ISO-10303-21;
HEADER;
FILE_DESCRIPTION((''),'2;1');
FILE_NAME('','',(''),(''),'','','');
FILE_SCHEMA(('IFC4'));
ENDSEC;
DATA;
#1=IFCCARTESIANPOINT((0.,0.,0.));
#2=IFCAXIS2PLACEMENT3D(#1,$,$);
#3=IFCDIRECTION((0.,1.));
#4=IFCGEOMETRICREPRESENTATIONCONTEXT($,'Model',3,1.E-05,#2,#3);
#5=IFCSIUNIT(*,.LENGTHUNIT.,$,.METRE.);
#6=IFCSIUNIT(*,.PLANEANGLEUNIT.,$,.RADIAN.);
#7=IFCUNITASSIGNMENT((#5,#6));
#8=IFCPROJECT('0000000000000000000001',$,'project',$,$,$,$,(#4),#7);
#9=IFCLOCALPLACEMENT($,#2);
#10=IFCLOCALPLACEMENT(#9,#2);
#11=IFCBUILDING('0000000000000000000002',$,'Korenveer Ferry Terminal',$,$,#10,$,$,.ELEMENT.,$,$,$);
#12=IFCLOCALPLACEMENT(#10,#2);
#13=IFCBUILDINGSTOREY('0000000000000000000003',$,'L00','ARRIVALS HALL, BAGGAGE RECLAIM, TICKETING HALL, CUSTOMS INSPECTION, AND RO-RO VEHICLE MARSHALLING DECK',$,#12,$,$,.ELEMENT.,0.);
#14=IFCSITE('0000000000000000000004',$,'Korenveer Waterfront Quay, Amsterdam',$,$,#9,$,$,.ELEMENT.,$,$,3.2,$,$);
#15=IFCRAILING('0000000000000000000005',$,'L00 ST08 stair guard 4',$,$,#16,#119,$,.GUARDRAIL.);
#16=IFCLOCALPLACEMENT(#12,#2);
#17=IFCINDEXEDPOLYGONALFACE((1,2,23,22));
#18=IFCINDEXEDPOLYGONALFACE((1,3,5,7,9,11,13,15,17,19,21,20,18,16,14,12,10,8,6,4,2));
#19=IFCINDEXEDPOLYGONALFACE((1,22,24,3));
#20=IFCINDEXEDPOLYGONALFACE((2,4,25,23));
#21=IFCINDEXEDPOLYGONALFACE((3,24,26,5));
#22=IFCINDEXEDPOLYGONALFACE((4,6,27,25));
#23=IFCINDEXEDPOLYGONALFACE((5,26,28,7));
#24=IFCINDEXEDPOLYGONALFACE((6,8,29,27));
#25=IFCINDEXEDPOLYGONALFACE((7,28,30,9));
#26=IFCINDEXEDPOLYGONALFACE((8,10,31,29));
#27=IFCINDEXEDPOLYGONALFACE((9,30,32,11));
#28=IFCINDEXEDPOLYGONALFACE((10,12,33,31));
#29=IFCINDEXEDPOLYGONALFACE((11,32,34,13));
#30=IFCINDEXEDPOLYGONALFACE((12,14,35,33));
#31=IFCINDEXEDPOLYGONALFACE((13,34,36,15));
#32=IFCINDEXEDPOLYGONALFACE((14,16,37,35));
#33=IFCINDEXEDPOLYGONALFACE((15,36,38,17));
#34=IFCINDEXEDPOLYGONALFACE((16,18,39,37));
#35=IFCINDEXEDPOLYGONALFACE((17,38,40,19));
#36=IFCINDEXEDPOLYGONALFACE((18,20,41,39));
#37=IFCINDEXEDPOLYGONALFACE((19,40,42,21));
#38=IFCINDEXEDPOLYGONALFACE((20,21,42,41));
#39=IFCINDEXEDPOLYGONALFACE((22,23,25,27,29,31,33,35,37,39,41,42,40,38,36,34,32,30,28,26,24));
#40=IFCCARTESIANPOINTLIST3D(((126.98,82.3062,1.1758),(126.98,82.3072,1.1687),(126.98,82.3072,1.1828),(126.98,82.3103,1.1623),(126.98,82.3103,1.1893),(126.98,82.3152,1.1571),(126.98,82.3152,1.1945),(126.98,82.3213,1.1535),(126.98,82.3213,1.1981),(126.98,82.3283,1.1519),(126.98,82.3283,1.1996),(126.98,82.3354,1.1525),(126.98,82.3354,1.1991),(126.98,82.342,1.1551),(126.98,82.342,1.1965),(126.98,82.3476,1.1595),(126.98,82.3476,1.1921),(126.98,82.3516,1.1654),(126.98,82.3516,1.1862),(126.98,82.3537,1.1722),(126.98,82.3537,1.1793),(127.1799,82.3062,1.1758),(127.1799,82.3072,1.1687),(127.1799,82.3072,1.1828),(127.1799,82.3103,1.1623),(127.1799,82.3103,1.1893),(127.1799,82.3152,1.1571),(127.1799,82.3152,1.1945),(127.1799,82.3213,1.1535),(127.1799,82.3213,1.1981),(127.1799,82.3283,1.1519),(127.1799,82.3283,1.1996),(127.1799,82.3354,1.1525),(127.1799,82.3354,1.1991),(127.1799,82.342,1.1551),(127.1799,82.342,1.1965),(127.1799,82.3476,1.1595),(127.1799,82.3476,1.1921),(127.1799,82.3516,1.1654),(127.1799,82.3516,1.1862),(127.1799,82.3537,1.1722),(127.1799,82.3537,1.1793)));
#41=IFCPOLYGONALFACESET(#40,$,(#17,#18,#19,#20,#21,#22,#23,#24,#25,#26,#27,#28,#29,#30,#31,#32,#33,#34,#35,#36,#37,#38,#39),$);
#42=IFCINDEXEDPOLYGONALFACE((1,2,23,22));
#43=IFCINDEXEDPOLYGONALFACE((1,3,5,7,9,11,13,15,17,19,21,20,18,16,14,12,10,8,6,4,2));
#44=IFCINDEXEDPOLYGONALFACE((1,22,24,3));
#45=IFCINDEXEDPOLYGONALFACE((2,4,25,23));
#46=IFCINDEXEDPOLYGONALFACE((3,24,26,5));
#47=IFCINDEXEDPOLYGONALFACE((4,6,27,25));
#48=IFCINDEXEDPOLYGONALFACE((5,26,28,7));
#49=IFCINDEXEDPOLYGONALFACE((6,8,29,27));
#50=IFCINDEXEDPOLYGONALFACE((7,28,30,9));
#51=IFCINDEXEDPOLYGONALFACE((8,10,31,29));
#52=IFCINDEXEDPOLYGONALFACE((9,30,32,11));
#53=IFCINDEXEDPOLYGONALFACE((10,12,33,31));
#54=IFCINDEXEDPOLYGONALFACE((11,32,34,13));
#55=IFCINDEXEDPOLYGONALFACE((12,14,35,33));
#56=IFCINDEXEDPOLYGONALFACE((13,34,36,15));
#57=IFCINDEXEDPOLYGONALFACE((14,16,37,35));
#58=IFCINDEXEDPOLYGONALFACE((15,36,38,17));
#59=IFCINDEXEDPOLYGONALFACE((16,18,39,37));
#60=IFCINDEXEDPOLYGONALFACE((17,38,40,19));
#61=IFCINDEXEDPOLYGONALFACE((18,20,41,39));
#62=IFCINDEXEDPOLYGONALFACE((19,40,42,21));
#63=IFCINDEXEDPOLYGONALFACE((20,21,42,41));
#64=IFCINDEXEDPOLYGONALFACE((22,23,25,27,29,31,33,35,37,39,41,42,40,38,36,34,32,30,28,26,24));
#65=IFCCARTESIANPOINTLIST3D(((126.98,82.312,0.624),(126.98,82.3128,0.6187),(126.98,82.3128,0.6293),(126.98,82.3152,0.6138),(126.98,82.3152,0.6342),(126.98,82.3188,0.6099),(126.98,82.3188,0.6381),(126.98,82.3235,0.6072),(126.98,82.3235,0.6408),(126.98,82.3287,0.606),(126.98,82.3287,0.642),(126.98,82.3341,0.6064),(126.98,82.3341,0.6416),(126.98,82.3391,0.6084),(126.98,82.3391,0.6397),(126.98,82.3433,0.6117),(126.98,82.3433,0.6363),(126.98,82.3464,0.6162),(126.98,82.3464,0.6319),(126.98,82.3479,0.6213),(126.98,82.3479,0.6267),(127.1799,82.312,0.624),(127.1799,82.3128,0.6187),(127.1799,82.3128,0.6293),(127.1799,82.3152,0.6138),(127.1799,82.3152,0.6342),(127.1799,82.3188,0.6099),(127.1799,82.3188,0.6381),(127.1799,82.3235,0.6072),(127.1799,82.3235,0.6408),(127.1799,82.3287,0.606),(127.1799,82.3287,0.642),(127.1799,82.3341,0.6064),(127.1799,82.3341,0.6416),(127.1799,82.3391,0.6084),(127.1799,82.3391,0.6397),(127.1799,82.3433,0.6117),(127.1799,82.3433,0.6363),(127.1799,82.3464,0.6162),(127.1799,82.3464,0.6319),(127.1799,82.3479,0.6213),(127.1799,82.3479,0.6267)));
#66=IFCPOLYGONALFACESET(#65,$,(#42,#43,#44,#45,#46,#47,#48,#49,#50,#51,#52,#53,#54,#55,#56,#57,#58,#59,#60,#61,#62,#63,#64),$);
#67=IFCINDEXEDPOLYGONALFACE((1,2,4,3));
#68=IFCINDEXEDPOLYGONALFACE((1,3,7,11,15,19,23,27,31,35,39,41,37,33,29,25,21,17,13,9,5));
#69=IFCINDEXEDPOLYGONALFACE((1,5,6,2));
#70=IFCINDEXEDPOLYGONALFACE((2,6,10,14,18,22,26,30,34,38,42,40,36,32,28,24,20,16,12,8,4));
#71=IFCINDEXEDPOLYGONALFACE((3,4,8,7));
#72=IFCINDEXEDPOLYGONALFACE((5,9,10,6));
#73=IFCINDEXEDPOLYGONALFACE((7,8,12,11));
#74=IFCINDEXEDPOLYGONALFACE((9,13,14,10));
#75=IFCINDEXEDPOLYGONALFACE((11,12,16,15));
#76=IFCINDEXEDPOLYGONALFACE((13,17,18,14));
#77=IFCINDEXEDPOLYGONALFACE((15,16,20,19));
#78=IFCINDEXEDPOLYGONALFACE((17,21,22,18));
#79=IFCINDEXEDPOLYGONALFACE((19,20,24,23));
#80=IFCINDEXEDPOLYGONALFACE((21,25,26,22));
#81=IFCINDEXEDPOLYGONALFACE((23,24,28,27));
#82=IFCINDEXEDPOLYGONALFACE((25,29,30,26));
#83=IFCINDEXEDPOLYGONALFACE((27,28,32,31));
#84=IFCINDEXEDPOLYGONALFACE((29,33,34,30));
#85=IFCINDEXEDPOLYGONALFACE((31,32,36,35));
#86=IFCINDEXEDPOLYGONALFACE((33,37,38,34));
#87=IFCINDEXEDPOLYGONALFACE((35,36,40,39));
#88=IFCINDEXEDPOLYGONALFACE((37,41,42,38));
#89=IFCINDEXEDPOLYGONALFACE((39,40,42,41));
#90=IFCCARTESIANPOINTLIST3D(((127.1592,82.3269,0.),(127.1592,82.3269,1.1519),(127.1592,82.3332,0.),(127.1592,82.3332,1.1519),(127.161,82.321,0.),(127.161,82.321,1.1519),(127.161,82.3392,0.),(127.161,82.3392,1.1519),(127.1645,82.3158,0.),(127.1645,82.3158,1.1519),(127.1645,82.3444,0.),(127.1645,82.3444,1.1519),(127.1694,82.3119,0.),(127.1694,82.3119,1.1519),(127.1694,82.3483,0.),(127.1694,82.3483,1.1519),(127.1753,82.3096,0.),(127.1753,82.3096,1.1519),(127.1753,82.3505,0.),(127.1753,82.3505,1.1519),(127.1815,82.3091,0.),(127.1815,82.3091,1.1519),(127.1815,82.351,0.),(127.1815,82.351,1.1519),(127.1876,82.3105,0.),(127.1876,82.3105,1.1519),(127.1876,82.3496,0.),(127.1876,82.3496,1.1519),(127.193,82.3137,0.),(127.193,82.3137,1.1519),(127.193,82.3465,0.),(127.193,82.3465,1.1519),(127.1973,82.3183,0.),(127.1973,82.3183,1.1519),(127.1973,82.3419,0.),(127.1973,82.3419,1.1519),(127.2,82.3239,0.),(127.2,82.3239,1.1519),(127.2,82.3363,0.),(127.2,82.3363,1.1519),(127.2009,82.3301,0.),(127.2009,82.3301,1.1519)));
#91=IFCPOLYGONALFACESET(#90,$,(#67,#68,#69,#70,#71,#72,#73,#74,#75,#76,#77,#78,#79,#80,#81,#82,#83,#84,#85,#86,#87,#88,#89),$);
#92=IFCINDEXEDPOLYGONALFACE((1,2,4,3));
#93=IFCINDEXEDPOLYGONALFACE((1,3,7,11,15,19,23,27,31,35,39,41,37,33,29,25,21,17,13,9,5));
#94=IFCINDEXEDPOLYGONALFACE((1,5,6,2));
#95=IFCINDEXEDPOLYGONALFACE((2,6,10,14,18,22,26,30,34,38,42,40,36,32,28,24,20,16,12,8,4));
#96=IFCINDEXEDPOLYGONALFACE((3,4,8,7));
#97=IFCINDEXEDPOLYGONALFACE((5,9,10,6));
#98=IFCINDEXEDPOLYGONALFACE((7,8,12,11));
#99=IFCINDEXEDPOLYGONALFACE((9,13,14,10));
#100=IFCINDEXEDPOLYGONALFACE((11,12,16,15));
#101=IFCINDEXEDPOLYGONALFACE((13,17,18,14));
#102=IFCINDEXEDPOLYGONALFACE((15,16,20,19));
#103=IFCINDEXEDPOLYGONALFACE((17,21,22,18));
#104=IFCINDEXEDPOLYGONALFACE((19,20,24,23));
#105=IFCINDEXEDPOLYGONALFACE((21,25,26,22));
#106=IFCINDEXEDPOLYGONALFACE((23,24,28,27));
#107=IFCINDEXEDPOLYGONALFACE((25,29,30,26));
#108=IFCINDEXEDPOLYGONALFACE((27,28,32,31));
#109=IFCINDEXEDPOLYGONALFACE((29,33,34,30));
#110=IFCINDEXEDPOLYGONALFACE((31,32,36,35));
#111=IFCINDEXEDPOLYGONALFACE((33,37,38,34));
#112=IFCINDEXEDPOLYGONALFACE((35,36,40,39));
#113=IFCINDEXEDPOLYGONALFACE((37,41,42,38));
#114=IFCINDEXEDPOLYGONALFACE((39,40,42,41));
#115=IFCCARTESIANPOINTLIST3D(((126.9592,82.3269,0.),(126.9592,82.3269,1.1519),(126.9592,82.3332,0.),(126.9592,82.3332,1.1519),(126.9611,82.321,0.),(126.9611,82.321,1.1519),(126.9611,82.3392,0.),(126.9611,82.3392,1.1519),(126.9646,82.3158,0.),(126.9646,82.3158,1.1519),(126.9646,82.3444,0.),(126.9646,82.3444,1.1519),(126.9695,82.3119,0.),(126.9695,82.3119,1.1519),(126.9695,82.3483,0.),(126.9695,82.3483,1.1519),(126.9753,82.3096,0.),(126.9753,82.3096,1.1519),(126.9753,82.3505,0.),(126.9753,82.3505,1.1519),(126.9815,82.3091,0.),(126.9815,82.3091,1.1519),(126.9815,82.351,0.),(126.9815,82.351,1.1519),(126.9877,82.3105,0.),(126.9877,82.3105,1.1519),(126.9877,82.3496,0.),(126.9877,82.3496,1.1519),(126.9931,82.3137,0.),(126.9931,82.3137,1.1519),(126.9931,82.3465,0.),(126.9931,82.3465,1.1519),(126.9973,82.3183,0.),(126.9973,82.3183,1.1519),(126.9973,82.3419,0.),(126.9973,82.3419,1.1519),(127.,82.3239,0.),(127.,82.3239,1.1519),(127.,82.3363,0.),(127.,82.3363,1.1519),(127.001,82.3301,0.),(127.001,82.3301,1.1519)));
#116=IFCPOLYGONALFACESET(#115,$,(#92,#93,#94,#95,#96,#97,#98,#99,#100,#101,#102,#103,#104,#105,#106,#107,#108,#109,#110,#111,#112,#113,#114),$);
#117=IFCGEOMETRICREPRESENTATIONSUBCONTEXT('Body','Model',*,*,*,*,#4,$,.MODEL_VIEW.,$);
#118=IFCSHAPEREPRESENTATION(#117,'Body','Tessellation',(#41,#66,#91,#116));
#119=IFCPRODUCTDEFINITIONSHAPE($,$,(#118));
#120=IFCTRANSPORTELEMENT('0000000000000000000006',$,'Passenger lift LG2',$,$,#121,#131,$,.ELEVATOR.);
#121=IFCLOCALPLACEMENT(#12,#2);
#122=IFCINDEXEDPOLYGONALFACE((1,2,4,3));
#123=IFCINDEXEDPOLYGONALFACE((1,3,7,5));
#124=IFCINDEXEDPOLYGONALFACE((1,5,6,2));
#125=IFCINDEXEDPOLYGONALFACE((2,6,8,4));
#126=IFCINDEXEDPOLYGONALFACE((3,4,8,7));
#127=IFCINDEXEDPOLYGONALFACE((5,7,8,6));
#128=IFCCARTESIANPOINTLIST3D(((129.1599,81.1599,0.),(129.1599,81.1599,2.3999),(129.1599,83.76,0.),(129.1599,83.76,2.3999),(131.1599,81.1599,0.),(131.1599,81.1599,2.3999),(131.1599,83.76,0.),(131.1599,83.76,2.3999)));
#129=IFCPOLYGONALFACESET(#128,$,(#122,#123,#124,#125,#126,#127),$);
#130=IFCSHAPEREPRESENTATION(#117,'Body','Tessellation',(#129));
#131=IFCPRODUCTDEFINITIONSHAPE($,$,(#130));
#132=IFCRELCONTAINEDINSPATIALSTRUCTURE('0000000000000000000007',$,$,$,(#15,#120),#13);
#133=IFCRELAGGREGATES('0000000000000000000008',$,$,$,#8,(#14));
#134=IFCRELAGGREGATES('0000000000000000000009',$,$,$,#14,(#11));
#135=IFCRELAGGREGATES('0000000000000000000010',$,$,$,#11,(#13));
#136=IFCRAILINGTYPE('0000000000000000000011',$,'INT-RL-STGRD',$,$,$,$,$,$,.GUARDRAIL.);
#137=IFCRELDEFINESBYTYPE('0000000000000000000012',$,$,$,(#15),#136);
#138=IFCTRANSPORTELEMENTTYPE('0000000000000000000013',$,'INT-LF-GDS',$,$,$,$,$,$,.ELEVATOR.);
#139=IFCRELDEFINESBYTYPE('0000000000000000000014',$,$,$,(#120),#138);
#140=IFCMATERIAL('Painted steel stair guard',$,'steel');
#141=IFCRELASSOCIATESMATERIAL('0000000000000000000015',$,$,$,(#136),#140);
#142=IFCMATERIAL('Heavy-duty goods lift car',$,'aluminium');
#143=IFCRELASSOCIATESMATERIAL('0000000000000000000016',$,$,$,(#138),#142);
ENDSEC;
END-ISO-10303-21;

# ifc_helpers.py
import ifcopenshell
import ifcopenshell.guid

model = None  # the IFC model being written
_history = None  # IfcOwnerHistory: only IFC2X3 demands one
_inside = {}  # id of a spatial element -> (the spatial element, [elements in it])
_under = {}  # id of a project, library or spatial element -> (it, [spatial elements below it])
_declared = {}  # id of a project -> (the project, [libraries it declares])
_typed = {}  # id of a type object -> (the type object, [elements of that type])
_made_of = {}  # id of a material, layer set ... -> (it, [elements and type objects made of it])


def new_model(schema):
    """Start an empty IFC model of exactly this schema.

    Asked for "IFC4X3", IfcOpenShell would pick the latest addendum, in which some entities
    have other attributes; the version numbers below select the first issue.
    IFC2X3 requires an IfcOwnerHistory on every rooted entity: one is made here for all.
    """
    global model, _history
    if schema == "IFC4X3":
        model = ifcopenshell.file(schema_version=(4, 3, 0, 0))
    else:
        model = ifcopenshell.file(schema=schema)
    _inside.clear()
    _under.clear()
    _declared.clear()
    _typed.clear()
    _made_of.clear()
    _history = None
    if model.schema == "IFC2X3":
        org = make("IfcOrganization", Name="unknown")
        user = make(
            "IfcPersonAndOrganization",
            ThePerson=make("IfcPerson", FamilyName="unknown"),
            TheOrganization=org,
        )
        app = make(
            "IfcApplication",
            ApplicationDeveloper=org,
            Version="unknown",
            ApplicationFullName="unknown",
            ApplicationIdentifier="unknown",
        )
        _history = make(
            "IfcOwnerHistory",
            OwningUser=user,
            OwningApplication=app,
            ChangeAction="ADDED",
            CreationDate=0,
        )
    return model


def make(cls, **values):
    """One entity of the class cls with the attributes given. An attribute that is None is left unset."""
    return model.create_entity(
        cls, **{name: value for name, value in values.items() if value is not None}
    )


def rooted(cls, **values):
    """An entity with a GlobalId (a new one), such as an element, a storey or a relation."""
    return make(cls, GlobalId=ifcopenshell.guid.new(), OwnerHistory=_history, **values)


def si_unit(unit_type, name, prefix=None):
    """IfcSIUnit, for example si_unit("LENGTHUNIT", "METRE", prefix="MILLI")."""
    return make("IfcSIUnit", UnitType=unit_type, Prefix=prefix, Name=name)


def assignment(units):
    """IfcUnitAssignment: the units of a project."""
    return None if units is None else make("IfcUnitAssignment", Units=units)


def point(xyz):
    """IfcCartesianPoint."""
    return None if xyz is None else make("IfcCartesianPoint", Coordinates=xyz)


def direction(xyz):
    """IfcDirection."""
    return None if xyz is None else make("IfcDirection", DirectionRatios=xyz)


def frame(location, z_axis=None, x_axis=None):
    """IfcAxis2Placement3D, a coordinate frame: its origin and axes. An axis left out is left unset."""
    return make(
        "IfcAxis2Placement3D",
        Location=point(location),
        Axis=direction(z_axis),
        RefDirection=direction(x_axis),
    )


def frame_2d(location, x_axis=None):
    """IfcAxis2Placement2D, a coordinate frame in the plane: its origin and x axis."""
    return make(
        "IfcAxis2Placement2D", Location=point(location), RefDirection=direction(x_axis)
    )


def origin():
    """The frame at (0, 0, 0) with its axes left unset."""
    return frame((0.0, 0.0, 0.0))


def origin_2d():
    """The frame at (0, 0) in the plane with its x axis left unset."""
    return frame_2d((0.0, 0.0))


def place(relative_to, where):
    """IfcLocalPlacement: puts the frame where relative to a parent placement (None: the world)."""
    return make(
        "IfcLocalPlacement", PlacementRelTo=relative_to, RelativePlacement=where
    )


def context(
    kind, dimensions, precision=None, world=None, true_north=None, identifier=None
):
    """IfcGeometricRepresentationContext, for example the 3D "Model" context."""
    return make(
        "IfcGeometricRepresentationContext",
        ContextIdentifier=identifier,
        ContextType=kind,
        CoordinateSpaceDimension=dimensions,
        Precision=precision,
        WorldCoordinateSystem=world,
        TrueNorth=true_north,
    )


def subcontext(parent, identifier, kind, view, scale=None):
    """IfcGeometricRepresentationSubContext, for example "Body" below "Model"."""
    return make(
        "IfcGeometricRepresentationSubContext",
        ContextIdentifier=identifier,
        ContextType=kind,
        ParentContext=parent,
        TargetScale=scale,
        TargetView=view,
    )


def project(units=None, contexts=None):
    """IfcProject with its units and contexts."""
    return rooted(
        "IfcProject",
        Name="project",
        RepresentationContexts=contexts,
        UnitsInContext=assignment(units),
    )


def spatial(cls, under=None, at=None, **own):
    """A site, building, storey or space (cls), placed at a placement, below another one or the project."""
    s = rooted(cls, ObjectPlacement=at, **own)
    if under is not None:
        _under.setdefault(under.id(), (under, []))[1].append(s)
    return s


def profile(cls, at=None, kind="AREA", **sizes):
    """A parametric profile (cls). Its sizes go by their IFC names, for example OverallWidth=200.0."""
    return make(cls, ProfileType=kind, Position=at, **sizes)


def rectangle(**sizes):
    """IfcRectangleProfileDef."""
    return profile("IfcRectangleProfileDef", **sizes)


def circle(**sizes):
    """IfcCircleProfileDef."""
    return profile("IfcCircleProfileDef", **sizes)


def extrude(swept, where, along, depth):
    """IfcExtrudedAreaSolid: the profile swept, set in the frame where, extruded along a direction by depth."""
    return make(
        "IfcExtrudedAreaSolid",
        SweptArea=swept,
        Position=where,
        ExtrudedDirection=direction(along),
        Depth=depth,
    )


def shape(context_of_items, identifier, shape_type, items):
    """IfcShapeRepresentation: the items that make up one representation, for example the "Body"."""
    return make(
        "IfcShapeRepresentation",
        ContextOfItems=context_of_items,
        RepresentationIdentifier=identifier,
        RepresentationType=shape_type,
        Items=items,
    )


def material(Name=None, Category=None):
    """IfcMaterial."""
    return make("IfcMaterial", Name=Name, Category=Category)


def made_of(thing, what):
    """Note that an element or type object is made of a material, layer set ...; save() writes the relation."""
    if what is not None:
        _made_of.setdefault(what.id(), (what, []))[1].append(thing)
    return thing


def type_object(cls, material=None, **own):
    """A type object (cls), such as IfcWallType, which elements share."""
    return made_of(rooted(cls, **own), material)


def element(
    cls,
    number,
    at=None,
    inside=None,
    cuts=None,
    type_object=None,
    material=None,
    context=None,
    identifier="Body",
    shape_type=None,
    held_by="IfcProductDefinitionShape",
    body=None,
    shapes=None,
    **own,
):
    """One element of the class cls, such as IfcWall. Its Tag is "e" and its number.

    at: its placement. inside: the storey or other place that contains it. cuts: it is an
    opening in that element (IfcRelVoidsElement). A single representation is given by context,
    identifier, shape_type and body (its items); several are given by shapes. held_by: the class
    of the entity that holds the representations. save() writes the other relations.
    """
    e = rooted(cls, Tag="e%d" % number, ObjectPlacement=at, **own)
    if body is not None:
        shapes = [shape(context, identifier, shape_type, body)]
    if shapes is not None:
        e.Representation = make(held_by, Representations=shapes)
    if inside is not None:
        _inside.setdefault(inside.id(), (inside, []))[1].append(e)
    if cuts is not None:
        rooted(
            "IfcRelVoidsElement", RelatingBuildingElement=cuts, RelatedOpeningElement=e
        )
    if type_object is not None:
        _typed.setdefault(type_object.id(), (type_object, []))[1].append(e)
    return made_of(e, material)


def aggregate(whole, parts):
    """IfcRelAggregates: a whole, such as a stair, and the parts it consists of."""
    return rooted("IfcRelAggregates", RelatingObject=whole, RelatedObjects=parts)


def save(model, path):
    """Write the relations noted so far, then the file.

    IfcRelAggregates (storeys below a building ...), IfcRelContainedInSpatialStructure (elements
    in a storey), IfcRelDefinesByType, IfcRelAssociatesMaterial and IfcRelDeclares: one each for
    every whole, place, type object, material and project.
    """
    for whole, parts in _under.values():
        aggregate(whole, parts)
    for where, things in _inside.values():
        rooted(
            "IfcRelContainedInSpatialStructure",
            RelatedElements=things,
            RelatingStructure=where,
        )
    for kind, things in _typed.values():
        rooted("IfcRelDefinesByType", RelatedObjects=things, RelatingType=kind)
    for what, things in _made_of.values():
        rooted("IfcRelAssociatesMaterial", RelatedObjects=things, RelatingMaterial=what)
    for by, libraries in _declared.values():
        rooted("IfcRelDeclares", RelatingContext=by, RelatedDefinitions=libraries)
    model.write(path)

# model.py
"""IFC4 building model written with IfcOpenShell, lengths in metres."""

from ifc_helpers import new_model, si_unit, direction, frame, origin, origin_2d, place, context, subcontext, project, spatial, rectangle, circle, extrude, material, type_object, element, save


model = new_model("IFC4")

# Units and contexts
model_context = context("Model", 3, precision=1e-05, world=origin(), true_north=direction((0.0, 1.0)))
body_context = subcontext(model_context, "Body", "Model", "MODEL_VIEW")
ifc_project = project(units=[si_unit("LENGTHUNIT", "METRE"), si_unit("PLANEANGLEUNIT", "RADIAN")], contexts=[model_context])

# Site, building, storey
site_placement = place(None, origin())
site = spatial("IfcSite", under=ifc_project, at=site_placement, Name="Korenveer Waterfront Quay, Amsterdam", CompositionType="ELEMENT", RefElevation=3.2)
building_placement = place(site_placement, origin())
building = spatial("IfcBuilding", under=site, at=building_placement, Name="Korenveer Ferry Terminal", CompositionType="ELEMENT")
storey_placement = place(building_placement, origin())
storey = spatial("IfcBuildingStorey", under=building, at=storey_placement, Name="L00", Description="ARRIVALS HALL, BAGGAGE RECLAIM, TICKETING HALL, CUSTOMS INSPECTION, AND RO-RO VEHICLE MARSHALLING DECK", CompositionType="ELEMENT", Elevation=0.0)

# Railing
ifc_material_1 = material(Name="Painted steel stair guard", Category="steel")
railing_type_1 = type_object("IfcRailingType", Name="INT-RL-STGRD", PredefinedType="GUARDRAIL", material=ifc_material_1)
railing_1_placement = place(storey_placement, frame((127.1799, 82.3301, 0.0)))
element("IfcRailing", 1, at=railing_1_placement, inside=storey, type_object=railing_type_1, Name="L00 ST08 stair guard 4", PredefinedType="GUARDRAIL", context=body_context, shape_type="SweptSolid", body=[
    extrude(circle(Radius=0.0239, at=origin_2d()), frame((0.0, 0.0, 1.1758), z_axis=(-1.0, 0.0, 0.0), x_axis=(0.0, -1.0, 0.0)), (0.0, 0.0, 1.0), 0.2),
    extrude(circle(Radius=0.0181, at=origin_2d()), frame((0.0, 0.0, 0.624), z_axis=(-1.0, 0.0, 0.0), x_axis=(0.0, -1.0, 0.0)), (0.0, 0.0, 1.0), 0.2),
    extrude(circle(Radius=0.021, at=origin_2d()), origin(), (0.0, 0.0, 1.0), 1.1519),
    extrude(circle(Radius=0.021, at=origin_2d()), frame((-0.2, 0.0, 0.0)), (0.0, 0.0, 1.0), 1.1519),
])

# Transport element
ifc_material_2 = material(Name="Heavy-duty goods lift car", Category="aluminium")
transport_element_type = type_object("IfcTransportElementType", Name="INT-LF-GDS", PredefinedType="ELEVATOR", material=ifc_material_2)
transport_element_placement = place(storey_placement, frame((130.1599, 82.46, 0.0), z_axis=(0.0, 0.0, 1.0), x_axis=(1.0, 0.0, 0.0)))
element("IfcTransportElement", 2, at=transport_element_placement, inside=storey, type_object=transport_element_type, Name="Passenger lift LG2", PredefinedType="ELEVATOR", context=body_context, shape_type="SweptSolid", body=[
    extrude(rectangle(XDim=2.0, YDim=2.6001, at=origin_2d()), origin(), (0.0, 0.0, 1.0), 2.3999),
])

save(model, "model.ifc")
